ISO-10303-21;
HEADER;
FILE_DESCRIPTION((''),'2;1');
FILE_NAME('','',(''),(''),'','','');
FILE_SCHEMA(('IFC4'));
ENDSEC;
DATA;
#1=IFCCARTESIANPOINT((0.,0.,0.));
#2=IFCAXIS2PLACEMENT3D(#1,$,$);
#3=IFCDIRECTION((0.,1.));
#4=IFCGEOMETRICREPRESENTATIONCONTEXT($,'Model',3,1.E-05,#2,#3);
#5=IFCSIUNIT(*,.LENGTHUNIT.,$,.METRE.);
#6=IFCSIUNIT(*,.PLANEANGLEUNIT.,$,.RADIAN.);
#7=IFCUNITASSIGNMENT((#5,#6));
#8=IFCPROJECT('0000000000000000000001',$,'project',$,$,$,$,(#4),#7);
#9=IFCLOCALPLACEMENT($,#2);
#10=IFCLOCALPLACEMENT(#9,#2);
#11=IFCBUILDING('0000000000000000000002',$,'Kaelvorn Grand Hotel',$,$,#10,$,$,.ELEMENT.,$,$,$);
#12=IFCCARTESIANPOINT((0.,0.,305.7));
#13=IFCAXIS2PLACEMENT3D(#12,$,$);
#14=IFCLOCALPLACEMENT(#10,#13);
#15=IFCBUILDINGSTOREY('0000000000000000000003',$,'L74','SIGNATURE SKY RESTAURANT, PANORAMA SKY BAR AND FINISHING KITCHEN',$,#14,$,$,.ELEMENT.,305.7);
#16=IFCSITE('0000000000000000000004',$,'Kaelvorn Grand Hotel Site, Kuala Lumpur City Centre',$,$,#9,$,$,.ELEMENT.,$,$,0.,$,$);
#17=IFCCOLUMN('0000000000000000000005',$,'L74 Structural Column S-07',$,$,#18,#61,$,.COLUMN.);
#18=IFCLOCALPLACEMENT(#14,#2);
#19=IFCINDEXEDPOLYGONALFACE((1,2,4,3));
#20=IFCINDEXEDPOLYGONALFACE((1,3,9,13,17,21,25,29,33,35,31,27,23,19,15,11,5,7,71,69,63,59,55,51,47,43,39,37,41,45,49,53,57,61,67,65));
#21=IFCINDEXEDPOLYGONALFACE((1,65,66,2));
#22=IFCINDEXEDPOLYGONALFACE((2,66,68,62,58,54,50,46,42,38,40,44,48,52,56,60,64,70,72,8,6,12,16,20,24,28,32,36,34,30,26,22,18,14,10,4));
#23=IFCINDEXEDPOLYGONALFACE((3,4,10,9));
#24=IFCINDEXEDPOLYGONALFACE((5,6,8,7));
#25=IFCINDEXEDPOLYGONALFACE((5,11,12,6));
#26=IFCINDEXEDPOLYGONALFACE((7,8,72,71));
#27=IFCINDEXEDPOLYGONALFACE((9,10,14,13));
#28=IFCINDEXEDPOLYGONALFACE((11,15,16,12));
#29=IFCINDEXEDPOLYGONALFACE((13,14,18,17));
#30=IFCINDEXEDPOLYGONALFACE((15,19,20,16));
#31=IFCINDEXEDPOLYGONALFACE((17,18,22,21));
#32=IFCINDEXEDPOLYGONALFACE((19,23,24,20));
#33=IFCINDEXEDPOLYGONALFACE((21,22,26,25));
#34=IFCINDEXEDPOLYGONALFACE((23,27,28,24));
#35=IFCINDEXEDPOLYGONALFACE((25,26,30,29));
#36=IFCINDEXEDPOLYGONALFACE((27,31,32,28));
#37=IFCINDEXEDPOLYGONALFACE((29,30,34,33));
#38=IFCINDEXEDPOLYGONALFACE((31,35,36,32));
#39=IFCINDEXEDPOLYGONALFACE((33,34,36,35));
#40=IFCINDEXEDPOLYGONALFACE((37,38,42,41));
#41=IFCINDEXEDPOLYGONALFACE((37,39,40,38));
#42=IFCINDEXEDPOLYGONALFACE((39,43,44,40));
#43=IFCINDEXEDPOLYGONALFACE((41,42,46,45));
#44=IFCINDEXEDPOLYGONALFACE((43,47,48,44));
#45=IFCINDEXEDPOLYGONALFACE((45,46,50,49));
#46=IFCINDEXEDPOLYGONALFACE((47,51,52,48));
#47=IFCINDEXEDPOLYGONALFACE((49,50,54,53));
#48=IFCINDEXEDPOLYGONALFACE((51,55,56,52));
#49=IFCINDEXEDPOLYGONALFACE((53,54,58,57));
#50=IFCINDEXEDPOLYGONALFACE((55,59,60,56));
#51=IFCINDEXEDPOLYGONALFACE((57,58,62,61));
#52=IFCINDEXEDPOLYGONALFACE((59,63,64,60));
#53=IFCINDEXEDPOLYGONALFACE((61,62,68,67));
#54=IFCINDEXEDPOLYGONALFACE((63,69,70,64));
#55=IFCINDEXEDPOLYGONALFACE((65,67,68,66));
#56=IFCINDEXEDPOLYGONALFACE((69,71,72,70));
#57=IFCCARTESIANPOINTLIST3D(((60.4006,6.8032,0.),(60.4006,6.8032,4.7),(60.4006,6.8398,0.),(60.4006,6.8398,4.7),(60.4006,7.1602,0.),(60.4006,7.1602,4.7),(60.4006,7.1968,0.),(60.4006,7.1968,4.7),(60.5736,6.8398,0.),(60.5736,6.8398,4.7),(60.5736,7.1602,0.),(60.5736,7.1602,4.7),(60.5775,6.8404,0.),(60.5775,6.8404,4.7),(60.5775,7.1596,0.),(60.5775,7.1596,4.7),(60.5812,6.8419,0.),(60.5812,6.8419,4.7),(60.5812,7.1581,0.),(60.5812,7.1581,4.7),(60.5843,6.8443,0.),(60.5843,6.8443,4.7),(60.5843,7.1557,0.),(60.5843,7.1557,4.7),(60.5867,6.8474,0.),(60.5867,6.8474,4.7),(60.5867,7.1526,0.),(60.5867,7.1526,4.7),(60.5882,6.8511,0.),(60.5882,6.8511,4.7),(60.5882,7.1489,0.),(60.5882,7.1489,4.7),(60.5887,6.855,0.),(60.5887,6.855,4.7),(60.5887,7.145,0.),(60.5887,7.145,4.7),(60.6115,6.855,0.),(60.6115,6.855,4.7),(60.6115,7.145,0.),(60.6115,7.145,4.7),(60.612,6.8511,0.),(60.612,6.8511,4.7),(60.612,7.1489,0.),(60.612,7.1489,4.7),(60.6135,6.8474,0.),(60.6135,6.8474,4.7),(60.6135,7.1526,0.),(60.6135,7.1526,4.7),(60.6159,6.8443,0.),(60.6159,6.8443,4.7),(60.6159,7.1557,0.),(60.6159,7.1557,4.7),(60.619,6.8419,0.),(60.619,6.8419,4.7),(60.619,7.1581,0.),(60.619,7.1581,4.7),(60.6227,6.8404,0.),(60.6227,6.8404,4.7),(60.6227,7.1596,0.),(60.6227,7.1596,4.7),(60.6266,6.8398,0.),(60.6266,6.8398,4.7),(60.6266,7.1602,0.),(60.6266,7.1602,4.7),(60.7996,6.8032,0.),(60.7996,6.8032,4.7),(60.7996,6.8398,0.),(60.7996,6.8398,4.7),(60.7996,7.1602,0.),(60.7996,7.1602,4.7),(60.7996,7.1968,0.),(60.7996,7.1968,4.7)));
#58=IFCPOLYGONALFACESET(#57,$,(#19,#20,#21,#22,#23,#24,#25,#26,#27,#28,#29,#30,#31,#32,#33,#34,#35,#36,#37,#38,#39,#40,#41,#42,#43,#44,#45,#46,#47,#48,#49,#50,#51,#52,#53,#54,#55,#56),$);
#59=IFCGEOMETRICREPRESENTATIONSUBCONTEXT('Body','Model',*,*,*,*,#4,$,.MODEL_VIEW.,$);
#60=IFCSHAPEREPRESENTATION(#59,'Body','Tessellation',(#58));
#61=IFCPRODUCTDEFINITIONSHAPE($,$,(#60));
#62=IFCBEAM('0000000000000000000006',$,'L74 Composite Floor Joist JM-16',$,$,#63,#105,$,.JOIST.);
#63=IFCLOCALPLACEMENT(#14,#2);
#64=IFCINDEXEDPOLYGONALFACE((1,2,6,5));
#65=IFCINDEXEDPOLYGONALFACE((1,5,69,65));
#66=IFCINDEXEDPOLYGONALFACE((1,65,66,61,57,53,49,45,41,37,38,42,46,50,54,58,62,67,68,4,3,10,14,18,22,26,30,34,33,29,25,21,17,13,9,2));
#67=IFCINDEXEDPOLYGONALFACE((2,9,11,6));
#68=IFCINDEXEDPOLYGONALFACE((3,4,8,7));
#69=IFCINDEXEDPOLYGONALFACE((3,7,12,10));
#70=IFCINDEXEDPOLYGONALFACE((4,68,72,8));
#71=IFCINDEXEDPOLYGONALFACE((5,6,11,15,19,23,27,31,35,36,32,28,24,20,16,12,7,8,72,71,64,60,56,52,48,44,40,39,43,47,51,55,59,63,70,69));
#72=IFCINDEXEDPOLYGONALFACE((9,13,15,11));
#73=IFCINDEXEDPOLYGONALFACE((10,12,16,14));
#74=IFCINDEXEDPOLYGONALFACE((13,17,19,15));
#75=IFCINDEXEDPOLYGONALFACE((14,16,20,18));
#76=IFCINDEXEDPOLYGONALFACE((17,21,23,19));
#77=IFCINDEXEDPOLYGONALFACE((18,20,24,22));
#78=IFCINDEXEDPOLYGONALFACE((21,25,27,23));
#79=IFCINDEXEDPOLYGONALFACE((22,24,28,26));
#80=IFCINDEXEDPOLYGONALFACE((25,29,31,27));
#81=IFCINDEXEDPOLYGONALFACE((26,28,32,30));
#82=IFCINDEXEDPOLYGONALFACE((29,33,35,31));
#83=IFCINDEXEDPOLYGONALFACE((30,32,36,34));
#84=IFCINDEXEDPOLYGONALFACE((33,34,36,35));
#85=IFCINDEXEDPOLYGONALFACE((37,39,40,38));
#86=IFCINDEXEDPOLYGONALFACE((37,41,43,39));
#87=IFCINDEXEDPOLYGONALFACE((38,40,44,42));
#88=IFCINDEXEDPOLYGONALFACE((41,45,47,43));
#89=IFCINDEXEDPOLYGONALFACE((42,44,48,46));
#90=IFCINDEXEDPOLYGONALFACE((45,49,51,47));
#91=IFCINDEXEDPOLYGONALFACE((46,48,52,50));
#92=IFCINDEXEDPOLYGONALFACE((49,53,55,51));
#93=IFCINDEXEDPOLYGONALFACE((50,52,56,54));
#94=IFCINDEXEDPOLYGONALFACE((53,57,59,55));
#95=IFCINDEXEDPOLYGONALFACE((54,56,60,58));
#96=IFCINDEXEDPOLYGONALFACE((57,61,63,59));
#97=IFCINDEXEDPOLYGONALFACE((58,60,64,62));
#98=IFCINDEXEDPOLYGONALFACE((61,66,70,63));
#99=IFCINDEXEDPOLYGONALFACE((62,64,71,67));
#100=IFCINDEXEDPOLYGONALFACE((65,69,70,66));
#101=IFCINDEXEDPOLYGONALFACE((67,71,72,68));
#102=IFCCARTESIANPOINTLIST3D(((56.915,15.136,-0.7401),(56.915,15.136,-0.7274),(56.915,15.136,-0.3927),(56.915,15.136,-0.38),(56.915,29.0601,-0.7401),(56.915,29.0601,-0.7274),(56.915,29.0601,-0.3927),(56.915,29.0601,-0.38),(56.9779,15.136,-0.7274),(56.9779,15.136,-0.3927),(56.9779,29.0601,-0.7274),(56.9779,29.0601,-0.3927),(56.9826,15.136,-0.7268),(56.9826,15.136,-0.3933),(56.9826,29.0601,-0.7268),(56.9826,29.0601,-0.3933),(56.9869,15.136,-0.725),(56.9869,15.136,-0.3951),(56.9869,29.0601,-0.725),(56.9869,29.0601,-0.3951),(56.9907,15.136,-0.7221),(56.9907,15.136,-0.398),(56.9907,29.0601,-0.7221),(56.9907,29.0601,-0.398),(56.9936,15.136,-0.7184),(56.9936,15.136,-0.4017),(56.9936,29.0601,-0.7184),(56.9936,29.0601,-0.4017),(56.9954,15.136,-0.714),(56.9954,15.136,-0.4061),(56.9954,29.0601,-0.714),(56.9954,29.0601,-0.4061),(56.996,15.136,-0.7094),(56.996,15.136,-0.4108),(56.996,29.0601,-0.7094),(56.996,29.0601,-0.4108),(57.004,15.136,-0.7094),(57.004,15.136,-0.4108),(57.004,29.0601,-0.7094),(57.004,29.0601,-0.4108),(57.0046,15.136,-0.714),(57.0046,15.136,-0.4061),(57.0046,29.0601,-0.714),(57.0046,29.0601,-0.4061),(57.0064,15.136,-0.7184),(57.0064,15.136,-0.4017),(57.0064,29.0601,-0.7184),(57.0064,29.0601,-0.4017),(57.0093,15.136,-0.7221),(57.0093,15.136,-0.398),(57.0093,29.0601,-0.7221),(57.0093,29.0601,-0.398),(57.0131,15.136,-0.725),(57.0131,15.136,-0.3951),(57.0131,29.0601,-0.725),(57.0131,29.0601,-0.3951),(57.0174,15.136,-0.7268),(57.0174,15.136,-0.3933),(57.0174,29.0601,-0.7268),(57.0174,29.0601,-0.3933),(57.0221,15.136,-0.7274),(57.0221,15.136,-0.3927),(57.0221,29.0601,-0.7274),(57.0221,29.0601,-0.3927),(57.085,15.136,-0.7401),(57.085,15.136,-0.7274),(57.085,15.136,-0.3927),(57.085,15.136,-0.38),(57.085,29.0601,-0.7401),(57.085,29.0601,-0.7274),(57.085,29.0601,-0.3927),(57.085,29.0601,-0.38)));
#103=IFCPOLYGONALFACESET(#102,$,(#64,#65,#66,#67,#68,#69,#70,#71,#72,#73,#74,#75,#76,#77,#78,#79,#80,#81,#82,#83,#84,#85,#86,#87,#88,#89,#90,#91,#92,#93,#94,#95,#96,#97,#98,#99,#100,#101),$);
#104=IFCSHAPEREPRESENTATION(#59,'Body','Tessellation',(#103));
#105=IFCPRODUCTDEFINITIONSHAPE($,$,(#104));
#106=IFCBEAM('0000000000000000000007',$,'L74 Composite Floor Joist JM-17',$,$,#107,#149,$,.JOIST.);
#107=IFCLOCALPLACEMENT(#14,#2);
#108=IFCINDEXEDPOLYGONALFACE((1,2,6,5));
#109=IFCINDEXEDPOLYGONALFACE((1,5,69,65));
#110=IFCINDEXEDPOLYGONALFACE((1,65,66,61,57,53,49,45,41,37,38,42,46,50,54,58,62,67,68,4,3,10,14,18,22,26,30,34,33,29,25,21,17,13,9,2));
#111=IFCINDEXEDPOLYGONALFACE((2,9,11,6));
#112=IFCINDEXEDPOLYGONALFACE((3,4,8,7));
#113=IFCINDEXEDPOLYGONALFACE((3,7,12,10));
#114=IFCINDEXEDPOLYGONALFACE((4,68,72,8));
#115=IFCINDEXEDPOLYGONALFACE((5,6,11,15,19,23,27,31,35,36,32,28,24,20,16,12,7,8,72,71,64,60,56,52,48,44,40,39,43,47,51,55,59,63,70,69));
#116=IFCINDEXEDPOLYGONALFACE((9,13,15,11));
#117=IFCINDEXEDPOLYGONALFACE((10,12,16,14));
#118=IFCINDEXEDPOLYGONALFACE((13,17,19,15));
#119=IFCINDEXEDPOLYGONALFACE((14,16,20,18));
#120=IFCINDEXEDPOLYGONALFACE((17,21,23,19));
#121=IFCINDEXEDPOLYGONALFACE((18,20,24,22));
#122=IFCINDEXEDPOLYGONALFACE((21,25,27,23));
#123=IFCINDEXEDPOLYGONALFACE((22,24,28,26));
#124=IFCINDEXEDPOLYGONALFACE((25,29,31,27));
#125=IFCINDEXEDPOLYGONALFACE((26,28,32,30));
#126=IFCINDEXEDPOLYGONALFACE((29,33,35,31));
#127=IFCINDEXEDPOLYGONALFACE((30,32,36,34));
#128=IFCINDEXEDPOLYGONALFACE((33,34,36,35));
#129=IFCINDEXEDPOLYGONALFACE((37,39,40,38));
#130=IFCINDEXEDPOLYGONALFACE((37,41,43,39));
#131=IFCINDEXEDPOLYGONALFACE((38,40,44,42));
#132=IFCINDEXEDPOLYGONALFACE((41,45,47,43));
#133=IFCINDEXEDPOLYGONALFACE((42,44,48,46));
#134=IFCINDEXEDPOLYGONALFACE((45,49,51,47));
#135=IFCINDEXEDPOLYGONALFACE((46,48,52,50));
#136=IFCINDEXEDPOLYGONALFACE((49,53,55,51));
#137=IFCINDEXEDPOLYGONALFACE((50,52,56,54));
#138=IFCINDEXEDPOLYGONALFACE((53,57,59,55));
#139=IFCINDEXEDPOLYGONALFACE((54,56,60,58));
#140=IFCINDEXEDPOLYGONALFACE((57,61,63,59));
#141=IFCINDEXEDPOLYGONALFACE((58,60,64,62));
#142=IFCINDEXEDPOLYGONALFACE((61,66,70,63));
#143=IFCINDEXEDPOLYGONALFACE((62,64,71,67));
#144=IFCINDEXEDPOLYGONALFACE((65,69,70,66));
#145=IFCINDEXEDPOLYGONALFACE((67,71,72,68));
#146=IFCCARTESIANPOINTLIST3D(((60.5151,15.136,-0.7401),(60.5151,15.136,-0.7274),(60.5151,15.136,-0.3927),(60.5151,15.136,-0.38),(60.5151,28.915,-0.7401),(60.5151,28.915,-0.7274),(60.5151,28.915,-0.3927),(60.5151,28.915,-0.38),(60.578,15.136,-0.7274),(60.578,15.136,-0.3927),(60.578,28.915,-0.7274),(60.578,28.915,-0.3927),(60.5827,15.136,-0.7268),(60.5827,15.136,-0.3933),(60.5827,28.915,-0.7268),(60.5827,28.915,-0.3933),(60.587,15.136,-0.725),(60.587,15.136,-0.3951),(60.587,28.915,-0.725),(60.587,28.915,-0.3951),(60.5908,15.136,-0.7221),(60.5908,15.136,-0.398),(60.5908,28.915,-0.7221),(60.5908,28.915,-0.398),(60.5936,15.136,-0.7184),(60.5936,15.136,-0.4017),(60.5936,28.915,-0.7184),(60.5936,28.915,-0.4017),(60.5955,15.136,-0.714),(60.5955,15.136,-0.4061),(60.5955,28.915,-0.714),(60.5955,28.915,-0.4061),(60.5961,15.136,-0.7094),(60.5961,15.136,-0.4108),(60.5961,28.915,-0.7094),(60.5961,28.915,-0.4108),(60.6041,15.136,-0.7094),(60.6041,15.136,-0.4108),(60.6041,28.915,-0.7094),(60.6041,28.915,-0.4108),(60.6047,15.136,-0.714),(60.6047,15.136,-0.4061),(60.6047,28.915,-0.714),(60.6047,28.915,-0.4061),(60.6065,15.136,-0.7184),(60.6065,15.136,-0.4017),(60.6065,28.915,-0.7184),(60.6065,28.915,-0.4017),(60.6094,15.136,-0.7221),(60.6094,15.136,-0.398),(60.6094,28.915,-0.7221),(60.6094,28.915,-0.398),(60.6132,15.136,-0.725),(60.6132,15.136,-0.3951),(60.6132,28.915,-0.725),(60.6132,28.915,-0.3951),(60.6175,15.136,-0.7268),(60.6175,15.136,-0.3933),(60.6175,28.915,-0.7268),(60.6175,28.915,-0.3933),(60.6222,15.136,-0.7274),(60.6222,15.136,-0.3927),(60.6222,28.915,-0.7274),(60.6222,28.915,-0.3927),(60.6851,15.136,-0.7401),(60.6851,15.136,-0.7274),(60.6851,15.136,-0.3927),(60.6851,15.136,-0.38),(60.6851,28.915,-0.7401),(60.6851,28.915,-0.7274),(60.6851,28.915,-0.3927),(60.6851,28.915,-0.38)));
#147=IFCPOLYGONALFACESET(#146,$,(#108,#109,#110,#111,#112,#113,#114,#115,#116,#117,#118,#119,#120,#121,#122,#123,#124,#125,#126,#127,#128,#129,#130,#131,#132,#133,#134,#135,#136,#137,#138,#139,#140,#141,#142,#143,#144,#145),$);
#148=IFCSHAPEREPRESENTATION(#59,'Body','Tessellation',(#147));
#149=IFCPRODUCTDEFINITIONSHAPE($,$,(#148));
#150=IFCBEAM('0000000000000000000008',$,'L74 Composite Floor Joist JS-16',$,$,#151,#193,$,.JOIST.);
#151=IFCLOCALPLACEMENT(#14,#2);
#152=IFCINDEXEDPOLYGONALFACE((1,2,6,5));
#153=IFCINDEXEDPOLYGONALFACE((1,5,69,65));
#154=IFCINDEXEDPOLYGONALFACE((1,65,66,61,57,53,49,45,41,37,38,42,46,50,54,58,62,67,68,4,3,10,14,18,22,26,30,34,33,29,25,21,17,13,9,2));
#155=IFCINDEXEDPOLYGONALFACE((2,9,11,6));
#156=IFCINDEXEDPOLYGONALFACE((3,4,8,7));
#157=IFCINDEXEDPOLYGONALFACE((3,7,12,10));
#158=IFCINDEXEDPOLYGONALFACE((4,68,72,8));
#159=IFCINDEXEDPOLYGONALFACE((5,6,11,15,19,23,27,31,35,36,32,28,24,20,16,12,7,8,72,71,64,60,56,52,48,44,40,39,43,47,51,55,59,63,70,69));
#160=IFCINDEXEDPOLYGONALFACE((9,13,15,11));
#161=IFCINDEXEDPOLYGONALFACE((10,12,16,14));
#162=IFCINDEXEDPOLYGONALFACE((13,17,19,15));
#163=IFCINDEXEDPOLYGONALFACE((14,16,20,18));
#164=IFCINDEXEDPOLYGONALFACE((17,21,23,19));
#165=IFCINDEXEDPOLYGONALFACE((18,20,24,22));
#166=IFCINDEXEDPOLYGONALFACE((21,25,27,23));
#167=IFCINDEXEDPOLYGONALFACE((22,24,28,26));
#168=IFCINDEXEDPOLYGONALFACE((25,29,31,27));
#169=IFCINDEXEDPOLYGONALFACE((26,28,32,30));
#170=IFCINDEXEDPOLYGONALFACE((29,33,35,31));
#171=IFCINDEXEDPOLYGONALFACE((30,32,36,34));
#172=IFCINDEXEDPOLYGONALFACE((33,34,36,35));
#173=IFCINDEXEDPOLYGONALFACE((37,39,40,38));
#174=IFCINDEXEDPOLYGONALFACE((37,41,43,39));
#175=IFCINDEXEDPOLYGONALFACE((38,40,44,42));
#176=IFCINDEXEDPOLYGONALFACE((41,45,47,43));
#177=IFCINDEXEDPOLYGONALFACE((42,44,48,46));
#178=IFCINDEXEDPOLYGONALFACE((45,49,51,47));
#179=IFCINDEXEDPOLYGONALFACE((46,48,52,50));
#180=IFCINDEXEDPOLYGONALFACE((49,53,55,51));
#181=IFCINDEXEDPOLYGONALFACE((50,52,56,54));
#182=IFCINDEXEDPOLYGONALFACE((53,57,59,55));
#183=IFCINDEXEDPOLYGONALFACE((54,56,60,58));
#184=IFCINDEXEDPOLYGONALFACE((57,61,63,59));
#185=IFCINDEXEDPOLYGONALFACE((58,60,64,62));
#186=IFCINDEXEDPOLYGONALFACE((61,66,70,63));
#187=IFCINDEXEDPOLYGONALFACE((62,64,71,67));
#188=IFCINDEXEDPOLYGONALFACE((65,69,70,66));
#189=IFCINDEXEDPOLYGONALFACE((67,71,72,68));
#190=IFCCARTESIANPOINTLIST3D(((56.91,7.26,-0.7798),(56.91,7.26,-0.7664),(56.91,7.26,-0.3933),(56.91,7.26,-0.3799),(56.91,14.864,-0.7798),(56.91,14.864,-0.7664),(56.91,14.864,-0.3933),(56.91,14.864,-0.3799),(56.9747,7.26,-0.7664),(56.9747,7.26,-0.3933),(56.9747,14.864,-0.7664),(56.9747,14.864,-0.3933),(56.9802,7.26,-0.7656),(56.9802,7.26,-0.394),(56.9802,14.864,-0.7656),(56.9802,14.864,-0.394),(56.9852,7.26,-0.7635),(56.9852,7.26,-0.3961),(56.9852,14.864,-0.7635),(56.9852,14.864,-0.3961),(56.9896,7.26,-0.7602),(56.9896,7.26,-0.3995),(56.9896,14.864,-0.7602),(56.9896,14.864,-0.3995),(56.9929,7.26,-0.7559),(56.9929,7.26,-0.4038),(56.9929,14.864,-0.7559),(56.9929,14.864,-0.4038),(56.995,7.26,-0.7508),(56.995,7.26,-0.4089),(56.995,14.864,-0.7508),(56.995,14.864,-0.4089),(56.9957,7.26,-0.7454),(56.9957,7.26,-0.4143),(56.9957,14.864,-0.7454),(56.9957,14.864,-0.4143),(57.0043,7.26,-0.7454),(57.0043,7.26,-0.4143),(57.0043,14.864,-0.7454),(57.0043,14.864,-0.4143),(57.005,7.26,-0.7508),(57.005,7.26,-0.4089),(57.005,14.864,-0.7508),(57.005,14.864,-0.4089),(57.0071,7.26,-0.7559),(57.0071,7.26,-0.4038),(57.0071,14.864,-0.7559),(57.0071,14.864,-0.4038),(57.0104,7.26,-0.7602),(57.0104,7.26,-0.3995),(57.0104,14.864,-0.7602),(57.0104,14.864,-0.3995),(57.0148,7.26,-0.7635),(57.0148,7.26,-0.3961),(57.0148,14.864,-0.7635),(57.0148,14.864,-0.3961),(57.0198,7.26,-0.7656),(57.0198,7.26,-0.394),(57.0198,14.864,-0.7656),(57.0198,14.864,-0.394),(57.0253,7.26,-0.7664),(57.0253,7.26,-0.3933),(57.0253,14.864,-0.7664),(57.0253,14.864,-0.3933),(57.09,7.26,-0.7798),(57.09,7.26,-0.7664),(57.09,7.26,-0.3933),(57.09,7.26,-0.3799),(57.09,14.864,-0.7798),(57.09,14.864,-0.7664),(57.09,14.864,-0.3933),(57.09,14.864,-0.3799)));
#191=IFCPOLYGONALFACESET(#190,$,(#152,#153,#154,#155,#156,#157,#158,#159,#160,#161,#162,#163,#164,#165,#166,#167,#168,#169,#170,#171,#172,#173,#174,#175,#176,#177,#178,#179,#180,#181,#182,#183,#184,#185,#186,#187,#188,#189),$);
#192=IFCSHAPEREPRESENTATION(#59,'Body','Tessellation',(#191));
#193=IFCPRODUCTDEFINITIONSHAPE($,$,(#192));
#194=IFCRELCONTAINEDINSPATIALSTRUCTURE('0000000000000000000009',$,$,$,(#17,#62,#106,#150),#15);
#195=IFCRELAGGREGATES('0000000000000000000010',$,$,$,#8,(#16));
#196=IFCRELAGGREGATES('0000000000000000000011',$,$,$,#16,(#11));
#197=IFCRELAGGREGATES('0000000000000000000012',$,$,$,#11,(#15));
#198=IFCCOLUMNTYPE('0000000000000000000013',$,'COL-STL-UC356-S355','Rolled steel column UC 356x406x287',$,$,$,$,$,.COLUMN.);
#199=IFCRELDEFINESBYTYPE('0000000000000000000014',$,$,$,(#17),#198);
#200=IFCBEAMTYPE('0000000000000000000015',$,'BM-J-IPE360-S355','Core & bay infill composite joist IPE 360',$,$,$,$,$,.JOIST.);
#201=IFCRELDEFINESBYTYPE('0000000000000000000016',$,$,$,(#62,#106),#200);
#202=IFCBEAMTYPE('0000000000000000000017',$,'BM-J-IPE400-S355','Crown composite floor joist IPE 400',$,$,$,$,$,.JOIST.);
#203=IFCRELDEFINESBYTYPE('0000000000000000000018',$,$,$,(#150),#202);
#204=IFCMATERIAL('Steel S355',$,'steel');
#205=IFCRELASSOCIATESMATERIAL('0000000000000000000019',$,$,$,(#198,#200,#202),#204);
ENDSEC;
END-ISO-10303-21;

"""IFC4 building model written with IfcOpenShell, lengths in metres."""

from ifc_helpers import new_model, si_unit, direction, frame, origin, origin_2d, place, context, subcontext, project, spatial, i_section, extrude, material, material_profile, profile_set, type_object, element, save


model = new_model("IFC4")

# Units and contexts
model_context = context("Model", 3, precision=1e-05, world=origin(), true_north=direction((0.0, 1.0)))
body_context = subcontext(model_context, "Body", "Model", "MODEL_VIEW")
ifc_project = project(units=[si_unit("LENGTHUNIT", "METRE"), si_unit("PLANEANGLEUNIT", "RADIAN")], contexts=[model_context])

# Site, building, storey
site_placement = place(None, origin())
site = spatial("IfcSite", under=ifc_project, at=site_placement, Name="Kaelvorn Grand Hotel Site, Kuala Lumpur City Centre", CompositionType="ELEMENT", RefElevation=0.0)
building_placement = place(site_placement, origin())
building = spatial("IfcBuilding", under=site, at=building_placement, Name="Kaelvorn Grand Hotel", CompositionType="ELEMENT")
storey_placement = place(building_placement, frame((0.0, 0.0, 305.7)))
storey = spatial("IfcBuildingStorey", under=building, at=storey_placement, Name="L74", Description="SIGNATURE SKY RESTAURANT, PANORAMA SKY BAR AND FINISHING KITCHEN", CompositionType="ELEMENT", Elevation=305.7)

# Column
ifc_material_1 = material(Name="Steel S355", Category="steel")
ifc_material_profile_1 = material_profile(ifc_material_1, i_section(OverallWidth=0.3989, OverallDepth=0.3936, WebThickness=0.0227, FlangeThickness=0.0366, FilletRadius=0.0151, at=origin_2d()), Name="UC 356x406x287")
ifc_profile_set_1 = profile_set([ifc_material_profile_1], Name="Steel S355")
column_type = type_object("IfcColumnType", Name="COL-STL-UC356-S355", Description="Rolled steel column UC 356x406x287", PredefinedType="COLUMN", material=ifc_profile_set_1)
column_placement = place(storey_placement, frame((60.6001, 7.0, 0.0), z_axis=(0.0, 0.0, 1.0), x_axis=(1.0, 0.0, 0.0)))
element("IfcColumn", 1, at=column_placement, inside=storey, type_object=column_type, Name="L74 Structural Column S-07", PredefinedType="COLUMN", context=body_context, shape_type="SweptSolid", body=[
    extrude(i_section(OverallWidth=0.3989, OverallDepth=0.3936, WebThickness=0.0227, FlangeThickness=0.0366, FilletRadius=0.0151, at=origin_2d()), origin(), (0.0, 0.0, 1.0), 4.7),
])

# Beams
ifc_material_profile_2 = material_profile(ifc_material_1, i_section(OverallWidth=0.1699, OverallDepth=0.3601, WebThickness=0.0081, FlangeThickness=0.0127, FilletRadius=0.0181, at=origin_2d()), Name="IPE 360")
ifc_profile_set_2 = profile_set([ifc_material_profile_2], Name="Steel S355")
beam_type_1 = type_object("IfcBeamType", Name="BM-J-IPE360-S355", Description="Core & bay infill composite joist IPE 360", PredefinedType="JOIST", material=ifc_profile_set_2)
beam_1_placement = place(storey_placement, frame((57.0, 15.136, -0.5601), z_axis=(0.0, 1.0, 0.0), x_axis=(-1.0, 0.0, 0.0)))
element("IfcBeam", 2, at=beam_1_placement, inside=storey, type_object=beam_type_1, Name="L74 Composite Floor Joist JM-16", PredefinedType="JOIST", context=body_context, shape_type="SweptSolid", body=[
    extrude(i_section(OverallWidth=0.1699, OverallDepth=0.3601, WebThickness=0.0081, FlangeThickness=0.0127, FilletRadius=0.0181, at=origin_2d()), origin(), (0.0, 0.0, 1.0), 13.9241),
])
beam_2_placement = place(storey_placement, frame((60.6001, 15.136, -0.5601), z_axis=(0.0, 1.0, 0.0), x_axis=(-1.0, 0.0, 0.0)))
element("IfcBeam", 3, at=beam_2_placement, inside=storey, type_object=beam_type_1, Name="L74 Composite Floor Joist JM-17", PredefinedType="JOIST", context=body_context, shape_type="SweptSolid", body=[
    extrude(i_section(OverallWidth=0.1699, OverallDepth=0.3601, WebThickness=0.0081, FlangeThickness=0.0127, FilletRadius=0.0181, at=origin_2d()), origin(), (0.0, 0.0, 1.0), 13.7791),
])
ifc_material_profile_3 = material_profile(ifc_material_1, i_section(OverallWidth=0.1799, OverallDepth=0.3999, WebThickness=0.0085, FlangeThickness=0.0134, FilletRadius=0.021, at=origin_2d()), Name="IPE 400")
ifc_profile_set_3 = profile_set([ifc_material_profile_3], Name="Steel S355")
beam_type_2 = type_object("IfcBeamType", Name="BM-J-IPE400-S355", Description="Crown composite floor joist IPE 400", PredefinedType="JOIST", material=ifc_profile_set_3)
beam_3_placement = place(storey_placement, frame((57.0, 7.26, -0.5798), z_axis=(0.0, 1.0, 0.0), x_axis=(-1.0, 0.0, 0.0)))
element("IfcBeam", 4, at=beam_3_placement, inside=storey, type_object=beam_type_2, Name="L74 Composite Floor Joist JS-16", PredefinedType="JOIST", context=body_context, shape_type="SweptSolid", body=[
    extrude(i_section(OverallWidth=0.1799, OverallDepth=0.3999, WebThickness=0.0085, FlangeThickness=0.0134, FilletRadius=0.021, at=origin_2d()), origin(), (0.0, 0.0, 1.0), 7.604),
])

save(model, "model.ifc")
